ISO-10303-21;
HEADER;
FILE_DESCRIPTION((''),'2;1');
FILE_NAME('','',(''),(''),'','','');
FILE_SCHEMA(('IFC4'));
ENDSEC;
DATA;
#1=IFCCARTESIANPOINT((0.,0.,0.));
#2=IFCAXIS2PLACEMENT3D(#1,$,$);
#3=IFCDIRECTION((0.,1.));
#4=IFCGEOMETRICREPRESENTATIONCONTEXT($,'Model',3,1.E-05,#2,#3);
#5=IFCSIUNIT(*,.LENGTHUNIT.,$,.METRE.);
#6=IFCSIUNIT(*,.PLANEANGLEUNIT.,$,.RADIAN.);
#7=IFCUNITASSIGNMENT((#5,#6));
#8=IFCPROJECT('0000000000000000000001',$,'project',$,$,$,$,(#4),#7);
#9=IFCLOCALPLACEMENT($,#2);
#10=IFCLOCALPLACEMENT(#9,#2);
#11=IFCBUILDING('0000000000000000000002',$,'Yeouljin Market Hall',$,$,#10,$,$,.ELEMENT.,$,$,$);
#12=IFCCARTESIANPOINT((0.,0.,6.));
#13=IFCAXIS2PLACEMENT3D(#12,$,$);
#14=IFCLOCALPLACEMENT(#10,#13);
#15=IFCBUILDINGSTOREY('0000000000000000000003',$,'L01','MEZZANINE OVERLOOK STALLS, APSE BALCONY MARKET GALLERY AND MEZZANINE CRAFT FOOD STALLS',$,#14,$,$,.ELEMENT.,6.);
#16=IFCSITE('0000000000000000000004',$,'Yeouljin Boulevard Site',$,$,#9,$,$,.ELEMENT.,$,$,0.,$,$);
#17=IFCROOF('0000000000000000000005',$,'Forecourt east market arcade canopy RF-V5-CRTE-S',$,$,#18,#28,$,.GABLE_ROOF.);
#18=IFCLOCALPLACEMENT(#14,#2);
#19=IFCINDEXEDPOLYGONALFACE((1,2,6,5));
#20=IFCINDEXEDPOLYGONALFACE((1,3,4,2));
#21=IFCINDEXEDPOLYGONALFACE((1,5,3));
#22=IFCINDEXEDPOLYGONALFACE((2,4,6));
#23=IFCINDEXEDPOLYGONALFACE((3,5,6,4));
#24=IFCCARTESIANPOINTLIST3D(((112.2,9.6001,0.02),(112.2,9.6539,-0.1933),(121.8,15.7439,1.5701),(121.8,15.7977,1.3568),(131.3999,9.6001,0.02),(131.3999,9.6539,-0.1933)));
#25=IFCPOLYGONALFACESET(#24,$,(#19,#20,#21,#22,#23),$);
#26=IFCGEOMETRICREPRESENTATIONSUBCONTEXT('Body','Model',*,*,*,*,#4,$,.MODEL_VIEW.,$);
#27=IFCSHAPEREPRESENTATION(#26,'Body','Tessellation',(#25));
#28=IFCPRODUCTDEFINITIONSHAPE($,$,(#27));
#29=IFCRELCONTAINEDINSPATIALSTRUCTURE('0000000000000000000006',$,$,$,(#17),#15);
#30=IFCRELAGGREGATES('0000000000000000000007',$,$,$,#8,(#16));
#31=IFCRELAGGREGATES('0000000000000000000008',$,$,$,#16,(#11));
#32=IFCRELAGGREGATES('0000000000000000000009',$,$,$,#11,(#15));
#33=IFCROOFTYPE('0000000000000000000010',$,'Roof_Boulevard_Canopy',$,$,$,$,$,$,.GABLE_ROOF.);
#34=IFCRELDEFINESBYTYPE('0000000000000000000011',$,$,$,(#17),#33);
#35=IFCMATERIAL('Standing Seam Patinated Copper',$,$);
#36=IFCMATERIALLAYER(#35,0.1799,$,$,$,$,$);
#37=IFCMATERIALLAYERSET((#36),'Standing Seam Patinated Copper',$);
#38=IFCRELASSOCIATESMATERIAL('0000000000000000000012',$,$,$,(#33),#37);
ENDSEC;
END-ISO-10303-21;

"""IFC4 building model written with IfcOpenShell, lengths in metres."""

from ifc_helpers import new_model, si_unit, direction, frame, origin, place, context, subcontext, project, spatial, polyline, outline, extrude, material, layer, layer_set, type_object, element, save


model = new_model("IFC4")

# Units and contexts
model_context = context("Model", 3, precision=1e-05, world=origin(), true_north=direction((0.0, 1.0)))
body_context = subcontext(model_context, "Body", "Model", "MODEL_VIEW")
ifc_project = project(units=[si_unit("LENGTHUNIT", "METRE"), si_unit("PLANEANGLEUNIT", "RADIAN")], contexts=[model_context])

# Site, building, storey
site_placement = place(None, origin())
site = spatial("IfcSite", under=ifc_project, at=site_placement, Name="Yeouljin Boulevard Site", CompositionType="ELEMENT", RefElevation=0.0)
building_placement = place(site_placement, origin())
building = spatial("IfcBuilding", under=site, at=building_placement, Name="Yeouljin Market Hall", CompositionType="ELEMENT")
storey_placement = place(building_placement, frame((0.0, 0.0, 6.0)))
storey = spatial("IfcBuildingStorey", under=building, at=storey_placement, Name="L01", Description="MEZZANINE OVERLOOK STALLS, APSE BALCONY MARKET GALLERY AND MEZZANINE CRAFT FOOD STALLS", CompositionType="ELEMENT", Elevation=6.0)

# Roof
ifc_material_1 = material(Name="Standing Seam Patinated Copper")
ifc_layer = layer(ifc_material_1, 0.1799)
ifc_layer_set = layer_set([ifc_layer], Name="Standing Seam Patinated Copper")
roof_type = type_object("IfcRoofType", Name="Roof_Boulevard_Canopy", PredefinedType="GABLE_ROOF", material=ifc_layer_set)
roof_1_placement = place(storey_placement, frame((112.2, 9.6001, 0.02), z_axis=(0.0, -0.244629, 0.969617), x_axis=(1.0, 0.0, 0.0)))
element("IfcRoof", 1, at=roof_1_placement, inside=storey, type_object=roof_type, Name="Forecourt east market arcade canopy RF-V5-CRTE-S", PredefinedType="GABLE_ROOF", context=body_context, shape_type="SweptSolid", body=[
    extrude(outline(polyline([(0.0, 0.0), (19.2, 0.0), (9.6001, 6.3363), (0.0, 0.0)])), origin(), (0.0, 0.0, -1.0), 0.22),
])

save(model, "model.ifc")
